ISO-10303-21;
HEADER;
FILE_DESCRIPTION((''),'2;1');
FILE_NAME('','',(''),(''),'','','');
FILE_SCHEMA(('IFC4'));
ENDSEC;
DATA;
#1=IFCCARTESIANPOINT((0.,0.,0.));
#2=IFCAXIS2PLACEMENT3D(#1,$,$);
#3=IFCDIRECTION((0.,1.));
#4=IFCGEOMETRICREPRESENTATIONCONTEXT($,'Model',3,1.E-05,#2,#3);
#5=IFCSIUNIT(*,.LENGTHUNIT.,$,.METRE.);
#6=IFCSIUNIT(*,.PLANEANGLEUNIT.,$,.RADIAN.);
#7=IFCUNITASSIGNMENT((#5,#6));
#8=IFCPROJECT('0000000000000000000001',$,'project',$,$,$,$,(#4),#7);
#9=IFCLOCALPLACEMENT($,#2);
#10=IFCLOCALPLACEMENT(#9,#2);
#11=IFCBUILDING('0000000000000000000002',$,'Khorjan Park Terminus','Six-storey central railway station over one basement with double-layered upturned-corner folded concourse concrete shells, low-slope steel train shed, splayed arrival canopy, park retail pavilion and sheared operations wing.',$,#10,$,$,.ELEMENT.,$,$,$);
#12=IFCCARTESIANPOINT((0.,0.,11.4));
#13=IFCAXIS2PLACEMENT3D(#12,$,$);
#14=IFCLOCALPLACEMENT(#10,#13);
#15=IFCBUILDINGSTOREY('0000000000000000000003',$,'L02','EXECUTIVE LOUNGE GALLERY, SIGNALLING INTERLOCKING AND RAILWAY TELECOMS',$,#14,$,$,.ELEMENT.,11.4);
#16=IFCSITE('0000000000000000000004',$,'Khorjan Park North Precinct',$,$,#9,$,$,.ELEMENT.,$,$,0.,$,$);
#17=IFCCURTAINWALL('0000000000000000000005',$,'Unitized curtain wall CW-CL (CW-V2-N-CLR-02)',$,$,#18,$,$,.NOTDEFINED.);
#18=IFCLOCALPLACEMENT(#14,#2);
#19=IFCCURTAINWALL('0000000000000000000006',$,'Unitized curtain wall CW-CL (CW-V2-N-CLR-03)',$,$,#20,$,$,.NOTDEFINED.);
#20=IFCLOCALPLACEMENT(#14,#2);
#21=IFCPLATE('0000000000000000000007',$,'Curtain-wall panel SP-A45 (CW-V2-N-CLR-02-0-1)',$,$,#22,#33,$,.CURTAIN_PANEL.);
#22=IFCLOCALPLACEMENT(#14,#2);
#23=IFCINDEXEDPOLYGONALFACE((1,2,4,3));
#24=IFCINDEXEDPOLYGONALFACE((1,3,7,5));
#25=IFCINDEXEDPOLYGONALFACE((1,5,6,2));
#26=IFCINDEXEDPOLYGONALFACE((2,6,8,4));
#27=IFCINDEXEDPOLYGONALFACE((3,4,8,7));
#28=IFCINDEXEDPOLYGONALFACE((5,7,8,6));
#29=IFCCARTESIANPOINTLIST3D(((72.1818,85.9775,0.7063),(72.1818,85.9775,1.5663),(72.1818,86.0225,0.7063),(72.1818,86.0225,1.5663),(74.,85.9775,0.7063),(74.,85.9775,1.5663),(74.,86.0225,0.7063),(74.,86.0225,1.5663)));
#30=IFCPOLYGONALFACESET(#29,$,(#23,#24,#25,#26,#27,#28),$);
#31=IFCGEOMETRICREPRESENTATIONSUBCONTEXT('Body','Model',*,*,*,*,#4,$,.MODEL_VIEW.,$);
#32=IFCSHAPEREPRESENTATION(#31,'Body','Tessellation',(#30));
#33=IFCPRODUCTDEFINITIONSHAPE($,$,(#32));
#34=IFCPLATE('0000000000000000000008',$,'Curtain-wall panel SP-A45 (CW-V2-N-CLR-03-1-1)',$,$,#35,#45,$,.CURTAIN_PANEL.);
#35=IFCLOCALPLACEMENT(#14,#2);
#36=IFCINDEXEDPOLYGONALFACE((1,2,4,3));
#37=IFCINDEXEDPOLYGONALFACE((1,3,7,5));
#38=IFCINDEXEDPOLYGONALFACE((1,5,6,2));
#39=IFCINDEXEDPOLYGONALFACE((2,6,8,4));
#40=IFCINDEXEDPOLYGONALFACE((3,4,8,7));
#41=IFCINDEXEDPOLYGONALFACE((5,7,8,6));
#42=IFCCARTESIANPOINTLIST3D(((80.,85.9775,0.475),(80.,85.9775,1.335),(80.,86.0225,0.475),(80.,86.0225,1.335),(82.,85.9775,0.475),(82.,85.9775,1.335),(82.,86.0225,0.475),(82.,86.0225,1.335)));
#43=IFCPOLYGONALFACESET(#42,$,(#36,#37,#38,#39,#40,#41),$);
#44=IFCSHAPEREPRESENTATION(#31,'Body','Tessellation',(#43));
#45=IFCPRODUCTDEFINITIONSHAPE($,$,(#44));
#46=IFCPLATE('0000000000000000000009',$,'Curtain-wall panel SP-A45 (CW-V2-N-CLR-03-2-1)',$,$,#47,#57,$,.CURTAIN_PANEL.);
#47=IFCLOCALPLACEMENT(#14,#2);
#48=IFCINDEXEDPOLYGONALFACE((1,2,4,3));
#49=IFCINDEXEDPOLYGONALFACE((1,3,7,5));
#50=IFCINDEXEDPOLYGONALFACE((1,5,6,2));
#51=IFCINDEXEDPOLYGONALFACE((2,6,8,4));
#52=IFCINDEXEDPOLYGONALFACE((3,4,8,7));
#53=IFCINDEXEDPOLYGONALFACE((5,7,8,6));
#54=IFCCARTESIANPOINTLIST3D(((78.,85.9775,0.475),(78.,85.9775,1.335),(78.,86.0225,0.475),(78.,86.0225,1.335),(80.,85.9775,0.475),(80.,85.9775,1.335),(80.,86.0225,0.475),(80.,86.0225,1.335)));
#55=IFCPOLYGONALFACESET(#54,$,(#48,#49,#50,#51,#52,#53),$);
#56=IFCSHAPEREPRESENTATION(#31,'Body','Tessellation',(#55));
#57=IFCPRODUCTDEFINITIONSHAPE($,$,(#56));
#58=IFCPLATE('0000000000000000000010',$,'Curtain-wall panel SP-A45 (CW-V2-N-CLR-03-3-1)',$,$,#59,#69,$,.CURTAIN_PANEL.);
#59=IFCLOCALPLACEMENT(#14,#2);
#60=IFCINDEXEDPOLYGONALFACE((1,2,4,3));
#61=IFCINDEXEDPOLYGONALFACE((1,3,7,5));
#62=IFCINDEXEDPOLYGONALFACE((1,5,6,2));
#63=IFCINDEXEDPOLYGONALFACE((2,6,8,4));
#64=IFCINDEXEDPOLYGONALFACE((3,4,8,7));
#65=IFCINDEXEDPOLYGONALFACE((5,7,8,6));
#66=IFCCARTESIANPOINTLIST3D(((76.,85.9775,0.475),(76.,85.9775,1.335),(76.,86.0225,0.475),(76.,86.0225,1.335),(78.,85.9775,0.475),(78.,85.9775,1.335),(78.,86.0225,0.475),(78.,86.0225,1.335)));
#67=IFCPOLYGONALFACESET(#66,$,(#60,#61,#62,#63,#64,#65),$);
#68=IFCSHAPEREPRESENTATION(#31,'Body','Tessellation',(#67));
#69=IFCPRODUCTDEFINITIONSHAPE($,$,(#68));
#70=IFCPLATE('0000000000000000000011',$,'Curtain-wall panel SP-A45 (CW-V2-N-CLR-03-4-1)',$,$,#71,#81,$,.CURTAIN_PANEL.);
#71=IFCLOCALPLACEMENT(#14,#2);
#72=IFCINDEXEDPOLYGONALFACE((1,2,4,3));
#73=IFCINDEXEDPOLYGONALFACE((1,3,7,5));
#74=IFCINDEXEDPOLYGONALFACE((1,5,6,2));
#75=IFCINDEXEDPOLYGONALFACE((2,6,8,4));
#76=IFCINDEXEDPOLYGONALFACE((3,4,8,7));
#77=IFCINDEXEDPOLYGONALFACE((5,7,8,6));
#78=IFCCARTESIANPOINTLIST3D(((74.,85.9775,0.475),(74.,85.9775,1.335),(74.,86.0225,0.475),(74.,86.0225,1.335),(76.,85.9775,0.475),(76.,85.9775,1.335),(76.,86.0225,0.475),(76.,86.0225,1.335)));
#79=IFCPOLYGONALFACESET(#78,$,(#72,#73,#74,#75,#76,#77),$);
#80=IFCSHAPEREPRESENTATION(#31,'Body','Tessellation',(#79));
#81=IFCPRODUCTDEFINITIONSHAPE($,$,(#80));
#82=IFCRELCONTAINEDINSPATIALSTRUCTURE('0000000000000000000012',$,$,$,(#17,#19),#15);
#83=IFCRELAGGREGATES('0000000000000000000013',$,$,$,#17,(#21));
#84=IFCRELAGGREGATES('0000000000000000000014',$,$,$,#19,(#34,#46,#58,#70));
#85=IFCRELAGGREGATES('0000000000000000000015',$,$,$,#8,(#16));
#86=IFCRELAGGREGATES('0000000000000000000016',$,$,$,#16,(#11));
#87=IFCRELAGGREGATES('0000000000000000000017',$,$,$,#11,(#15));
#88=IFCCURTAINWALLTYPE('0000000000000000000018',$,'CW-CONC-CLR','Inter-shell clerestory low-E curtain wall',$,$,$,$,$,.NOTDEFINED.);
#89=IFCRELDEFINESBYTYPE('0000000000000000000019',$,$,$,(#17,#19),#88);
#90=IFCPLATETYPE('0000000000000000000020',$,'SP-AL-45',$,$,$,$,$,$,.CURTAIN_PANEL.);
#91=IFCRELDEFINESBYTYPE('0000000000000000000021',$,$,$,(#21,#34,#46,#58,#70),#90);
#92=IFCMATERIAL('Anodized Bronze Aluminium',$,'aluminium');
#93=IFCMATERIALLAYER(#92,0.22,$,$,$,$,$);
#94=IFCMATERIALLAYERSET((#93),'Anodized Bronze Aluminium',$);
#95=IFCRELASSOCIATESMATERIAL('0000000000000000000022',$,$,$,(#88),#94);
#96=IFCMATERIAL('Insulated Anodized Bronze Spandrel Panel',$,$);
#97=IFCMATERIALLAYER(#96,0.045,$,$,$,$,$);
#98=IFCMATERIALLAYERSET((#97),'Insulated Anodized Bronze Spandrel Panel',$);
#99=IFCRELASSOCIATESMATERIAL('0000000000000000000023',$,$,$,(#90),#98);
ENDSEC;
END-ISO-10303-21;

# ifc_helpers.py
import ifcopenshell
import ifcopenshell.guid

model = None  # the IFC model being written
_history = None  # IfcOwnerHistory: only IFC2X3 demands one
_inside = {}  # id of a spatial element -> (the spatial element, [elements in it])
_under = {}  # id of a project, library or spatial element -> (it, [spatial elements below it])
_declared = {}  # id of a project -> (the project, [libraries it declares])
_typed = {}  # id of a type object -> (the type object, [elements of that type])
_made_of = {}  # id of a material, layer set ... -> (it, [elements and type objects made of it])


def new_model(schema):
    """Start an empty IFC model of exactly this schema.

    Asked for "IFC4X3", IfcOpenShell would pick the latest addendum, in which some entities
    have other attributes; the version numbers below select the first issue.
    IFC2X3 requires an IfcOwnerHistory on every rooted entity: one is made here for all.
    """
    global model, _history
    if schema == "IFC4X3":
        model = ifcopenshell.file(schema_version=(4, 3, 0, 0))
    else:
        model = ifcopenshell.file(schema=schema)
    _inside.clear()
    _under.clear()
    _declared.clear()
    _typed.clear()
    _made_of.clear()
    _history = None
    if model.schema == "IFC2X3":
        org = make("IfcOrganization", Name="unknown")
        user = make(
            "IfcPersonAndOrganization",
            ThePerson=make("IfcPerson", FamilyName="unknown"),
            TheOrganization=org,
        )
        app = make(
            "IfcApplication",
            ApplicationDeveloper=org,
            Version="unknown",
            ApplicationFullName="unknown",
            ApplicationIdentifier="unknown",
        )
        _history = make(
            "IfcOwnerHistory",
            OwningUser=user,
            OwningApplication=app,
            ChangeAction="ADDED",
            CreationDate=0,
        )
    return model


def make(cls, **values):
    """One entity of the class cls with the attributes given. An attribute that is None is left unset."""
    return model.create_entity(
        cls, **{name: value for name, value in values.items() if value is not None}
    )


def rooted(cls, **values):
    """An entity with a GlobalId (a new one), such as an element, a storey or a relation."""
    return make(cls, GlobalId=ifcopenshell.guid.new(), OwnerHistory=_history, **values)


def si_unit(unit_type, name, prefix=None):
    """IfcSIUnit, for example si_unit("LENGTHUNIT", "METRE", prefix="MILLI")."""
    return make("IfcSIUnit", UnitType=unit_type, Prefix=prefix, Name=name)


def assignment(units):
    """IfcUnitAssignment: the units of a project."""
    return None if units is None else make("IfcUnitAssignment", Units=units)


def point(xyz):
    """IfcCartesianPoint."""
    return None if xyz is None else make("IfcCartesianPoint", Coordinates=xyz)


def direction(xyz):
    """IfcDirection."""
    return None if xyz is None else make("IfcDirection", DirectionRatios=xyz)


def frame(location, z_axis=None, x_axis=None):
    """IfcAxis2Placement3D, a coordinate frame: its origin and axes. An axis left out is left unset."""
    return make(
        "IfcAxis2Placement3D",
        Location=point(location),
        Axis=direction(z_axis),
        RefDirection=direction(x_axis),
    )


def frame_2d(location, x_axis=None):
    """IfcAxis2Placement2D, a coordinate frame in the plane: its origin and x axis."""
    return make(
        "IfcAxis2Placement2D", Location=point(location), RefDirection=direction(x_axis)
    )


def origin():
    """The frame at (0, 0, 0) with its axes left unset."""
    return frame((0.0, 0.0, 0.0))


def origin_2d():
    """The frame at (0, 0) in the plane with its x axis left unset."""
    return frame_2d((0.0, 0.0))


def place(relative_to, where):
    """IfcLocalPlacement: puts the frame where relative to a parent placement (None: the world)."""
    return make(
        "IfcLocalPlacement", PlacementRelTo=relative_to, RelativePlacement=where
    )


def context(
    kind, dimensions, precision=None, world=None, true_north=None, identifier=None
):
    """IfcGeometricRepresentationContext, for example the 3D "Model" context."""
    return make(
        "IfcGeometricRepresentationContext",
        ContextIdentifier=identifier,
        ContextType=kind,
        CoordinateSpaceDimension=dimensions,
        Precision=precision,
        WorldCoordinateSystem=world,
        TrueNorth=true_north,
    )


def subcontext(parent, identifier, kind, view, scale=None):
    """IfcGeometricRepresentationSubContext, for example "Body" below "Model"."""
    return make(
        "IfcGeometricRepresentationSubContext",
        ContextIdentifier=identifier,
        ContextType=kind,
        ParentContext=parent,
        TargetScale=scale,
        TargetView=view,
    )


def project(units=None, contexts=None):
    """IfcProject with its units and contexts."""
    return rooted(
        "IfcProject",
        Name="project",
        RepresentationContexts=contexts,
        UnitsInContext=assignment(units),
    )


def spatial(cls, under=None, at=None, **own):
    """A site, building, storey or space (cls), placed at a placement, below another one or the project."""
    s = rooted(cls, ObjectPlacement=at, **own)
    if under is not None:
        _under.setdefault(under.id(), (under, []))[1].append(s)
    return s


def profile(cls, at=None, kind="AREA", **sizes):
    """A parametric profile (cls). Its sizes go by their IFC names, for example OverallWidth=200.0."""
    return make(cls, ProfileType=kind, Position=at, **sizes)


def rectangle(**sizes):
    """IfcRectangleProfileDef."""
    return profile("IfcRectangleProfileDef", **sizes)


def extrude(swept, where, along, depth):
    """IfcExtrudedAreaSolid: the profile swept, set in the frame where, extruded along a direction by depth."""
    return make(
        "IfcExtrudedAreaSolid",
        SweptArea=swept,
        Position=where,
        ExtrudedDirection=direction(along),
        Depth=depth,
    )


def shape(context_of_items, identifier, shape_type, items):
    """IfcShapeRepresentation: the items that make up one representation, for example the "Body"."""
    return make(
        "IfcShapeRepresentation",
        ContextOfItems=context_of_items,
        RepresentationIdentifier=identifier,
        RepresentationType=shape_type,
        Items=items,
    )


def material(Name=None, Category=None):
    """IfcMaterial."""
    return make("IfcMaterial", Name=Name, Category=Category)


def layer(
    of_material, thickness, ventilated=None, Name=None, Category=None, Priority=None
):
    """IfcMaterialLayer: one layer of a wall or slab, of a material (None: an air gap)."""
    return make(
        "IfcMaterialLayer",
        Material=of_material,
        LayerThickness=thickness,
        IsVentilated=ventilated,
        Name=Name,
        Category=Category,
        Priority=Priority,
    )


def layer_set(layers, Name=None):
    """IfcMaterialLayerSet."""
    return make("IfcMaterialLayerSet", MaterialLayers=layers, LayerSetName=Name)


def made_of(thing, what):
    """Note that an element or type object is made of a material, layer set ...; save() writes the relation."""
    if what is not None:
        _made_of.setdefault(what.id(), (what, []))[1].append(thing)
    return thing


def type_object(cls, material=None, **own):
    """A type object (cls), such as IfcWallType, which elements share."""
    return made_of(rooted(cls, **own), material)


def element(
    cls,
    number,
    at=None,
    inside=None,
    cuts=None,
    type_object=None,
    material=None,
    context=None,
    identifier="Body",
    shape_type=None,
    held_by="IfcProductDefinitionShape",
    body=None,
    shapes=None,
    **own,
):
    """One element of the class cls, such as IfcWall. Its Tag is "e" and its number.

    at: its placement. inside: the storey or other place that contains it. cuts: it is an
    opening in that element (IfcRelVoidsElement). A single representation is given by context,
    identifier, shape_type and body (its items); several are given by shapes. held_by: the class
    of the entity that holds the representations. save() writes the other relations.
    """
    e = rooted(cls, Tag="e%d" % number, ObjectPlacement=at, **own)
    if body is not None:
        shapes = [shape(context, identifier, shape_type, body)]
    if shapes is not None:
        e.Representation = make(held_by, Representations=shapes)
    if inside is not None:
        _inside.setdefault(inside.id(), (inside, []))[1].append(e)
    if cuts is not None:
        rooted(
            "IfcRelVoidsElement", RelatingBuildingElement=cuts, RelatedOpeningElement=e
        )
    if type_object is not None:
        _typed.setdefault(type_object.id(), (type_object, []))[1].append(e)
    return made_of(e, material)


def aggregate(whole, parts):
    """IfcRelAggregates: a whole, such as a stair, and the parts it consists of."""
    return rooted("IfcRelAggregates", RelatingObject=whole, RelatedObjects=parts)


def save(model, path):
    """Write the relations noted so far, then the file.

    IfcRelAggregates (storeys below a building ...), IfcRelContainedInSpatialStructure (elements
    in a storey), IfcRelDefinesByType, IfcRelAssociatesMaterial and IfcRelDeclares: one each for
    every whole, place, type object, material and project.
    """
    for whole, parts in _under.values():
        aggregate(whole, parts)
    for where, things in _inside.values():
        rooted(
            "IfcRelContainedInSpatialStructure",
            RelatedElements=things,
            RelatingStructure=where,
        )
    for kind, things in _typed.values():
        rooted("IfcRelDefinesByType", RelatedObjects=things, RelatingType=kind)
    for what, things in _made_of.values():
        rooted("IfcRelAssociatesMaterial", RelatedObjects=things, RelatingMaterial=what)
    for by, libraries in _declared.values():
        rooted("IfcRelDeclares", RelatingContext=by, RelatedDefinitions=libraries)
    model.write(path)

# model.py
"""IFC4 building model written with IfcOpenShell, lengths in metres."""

from ifc_helpers import new_model, si_unit, direction, frame, origin, origin_2d, place, context, subcontext, project, spatial, rectangle, extrude, material, layer, layer_set, type_object, element, aggregate, save


model = new_model("IFC4")

# Units and contexts
model_context = context("Model", 3, precision=1e-05, world=origin(), true_north=direction((0.0, 1.0)))
body_context = subcontext(model_context, "Body", "Model", "MODEL_VIEW")
ifc_project = project(units=[si_unit("LENGTHUNIT", "METRE"), si_unit("PLANEANGLEUNIT", "RADIAN")], contexts=[model_context])

# Site, building, storey
site_placement = place(None, origin())
site = spatial("IfcSite", under=ifc_project, at=site_placement, Name="Khorjan Park North Precinct", CompositionType="ELEMENT", RefElevation=0.0)
building_placement = place(site_placement, origin())
building = spatial("IfcBuilding", under=site, at=building_placement, Name="Khorjan Park Terminus", Description="Six-storey central railway station over one basement with double-layered upturned-corner folded concourse concrete shells, low-slope steel train shed, splayed arrival canopy, park retail pavilion and sheared operations wing.", CompositionType="ELEMENT")
storey_placement = place(building_placement, frame((0.0, 0.0, 11.4)))
storey = spatial("IfcBuildingStorey", under=building, at=storey_placement, Name="L02", Description="EXECUTIVE LOUNGE GALLERY, SIGNALLING INTERLOCKING AND RAILWAY TELECOMS", CompositionType="ELEMENT", Elevation=11.4)

# Curtain walls
ifc_material_1 = material(Name="Anodized Bronze Aluminium", Category="aluminium")
ifc_layer_1 = layer(ifc_material_1, 0.22)
ifc_layer_set_1 = layer_set([ifc_layer_1], Name="Anodized Bronze Aluminium")
curtain_wall_type = type_object("IfcCurtainWallType", Name="CW-CONC-CLR", Description="Inter-shell clerestory low-E curtain wall", PredefinedType="NOTDEFINED", material=ifc_layer_set_1)
curtain_wall_1_placement = place(storey_placement, origin())
curtain_wall_1 = element("IfcCurtainWall", 1, at=curtain_wall_1_placement, inside=storey, type_object=curtain_wall_type, Name="Unitized curtain wall CW-CL (CW-V2-N-CLR-02)", PredefinedType="NOTDEFINED")
curtain_wall_2_placement = place(storey_placement, origin())
curtain_wall_2 = element("IfcCurtainWall", 2, at=curtain_wall_2_placement, inside=storey, type_object=curtain_wall_type, Name="Unitized curtain wall CW-CL (CW-V2-N-CLR-03)", PredefinedType="NOTDEFINED")

# Plates
ifc_material_2 = material(Name="Insulated Anodized Bronze Spandrel Panel")
ifc_layer_2 = layer(ifc_material_2, 0.045)
ifc_layer_set_2 = layer_set([ifc_layer_2], Name="Insulated Anodized Bronze Spandrel Panel")
plate_type_1 = type_object("IfcPlateType", Name="SP-AL-45", PredefinedType="CURTAIN_PANEL", material=ifc_layer_set_2)
plate_1_placement = place(storey_placement, frame((73.0909, 86.0, 0.7063), z_axis=(0.0, 0.0, 1.0), x_axis=(-1.0, 0.0, 0.0)))
plate_1 = element("IfcPlate", 3, at=plate_1_placement, type_object=plate_type_1, Name="Curtain-wall panel SP-A45 (CW-V2-N-CLR-02-0-1)", PredefinedType="CURTAIN_PANEL", context=body_context, shape_type="SweptSolid", body=[
    extrude(rectangle(XDim=1.8182, YDim=0.045, at=origin_2d()), origin(), (0.0, 0.0, 1.0), 0.86),
])
aggregate(curtain_wall_1, [plate_1])
plate_2_placement = place(storey_placement, frame((81.0, 86.0, 0.475), z_axis=(0.0, 0.0, 1.0), x_axis=(-1.0, 0.0, 0.0)))
plate_2 = element("IfcPlate", 4, at=plate_2_placement, type_object=plate_type_1, Name="Curtain-wall panel SP-A45 (CW-V2-N-CLR-03-1-1)", PredefinedType="CURTAIN_PANEL", context=body_context, shape_type="SweptSolid", body=[
    extrude(rectangle(XDim=2.0, YDim=0.045, at=origin_2d()), origin(), (0.0, 0.0, 1.0), 0.86),
])
plate_3_placement = place(storey_placement, frame((79.0, 86.0, 0.475), z_axis=(0.0, 0.0, 1.0), x_axis=(-1.0, 0.0, 0.0)))
plate_3 = element("IfcPlate", 5, at=plate_3_placement, type_object=plate_type_1, Name="Curtain-wall panel SP-A45 (CW-V2-N-CLR-03-2-1)", PredefinedType="CURTAIN_PANEL", context=body_context, shape_type="SweptSolid", body=[
    extrude(rectangle(XDim=2.0, YDim=0.045, at=origin_2d()), origin(), (0.0, 0.0, 1.0), 0.86),
])
plate_4_placement = place(storey_placement, frame((77.0, 86.0, 0.475), z_axis=(0.0, 0.0, 1.0), x_axis=(-1.0, 0.0, 0.0)))
plate_4 = element("IfcPlate", 6, at=plate_4_placement, type_object=plate_type_1, Name="Curtain-wall panel SP-A45 (CW-V2-N-CLR-03-3-1)", PredefinedType="CURTAIN_PANEL", context=body_context, shape_type="SweptSolid", body=[
    extrude(rectangle(XDim=2.0, YDim=0.045, at=origin_2d()), origin(), (0.0, 0.0, 1.0), 0.86),
])
plate_5_placement = place(storey_placement, frame((75.0, 86.0, 0.475), z_axis=(0.0, 0.0, 1.0), x_axis=(-1.0, 0.0, 0.0)))
plate_5 = element("IfcPlate", 7, at=plate_5_placement, type_object=plate_type_1, Name="Curtain-wall panel SP-A45 (CW-V2-N-CLR-03-4-1)", PredefinedType="CURTAIN_PANEL", context=body_context, shape_type="SweptSolid", body=[
    extrude(rectangle(XDim=2.0, YDim=0.045, at=origin_2d()), origin(), (0.0, 0.0, 1.0), 0.86),
])
aggregate(curtain_wall_2, [plate_2, plate_3, plate_4, plate_5])

save(model, "model.ifc")
